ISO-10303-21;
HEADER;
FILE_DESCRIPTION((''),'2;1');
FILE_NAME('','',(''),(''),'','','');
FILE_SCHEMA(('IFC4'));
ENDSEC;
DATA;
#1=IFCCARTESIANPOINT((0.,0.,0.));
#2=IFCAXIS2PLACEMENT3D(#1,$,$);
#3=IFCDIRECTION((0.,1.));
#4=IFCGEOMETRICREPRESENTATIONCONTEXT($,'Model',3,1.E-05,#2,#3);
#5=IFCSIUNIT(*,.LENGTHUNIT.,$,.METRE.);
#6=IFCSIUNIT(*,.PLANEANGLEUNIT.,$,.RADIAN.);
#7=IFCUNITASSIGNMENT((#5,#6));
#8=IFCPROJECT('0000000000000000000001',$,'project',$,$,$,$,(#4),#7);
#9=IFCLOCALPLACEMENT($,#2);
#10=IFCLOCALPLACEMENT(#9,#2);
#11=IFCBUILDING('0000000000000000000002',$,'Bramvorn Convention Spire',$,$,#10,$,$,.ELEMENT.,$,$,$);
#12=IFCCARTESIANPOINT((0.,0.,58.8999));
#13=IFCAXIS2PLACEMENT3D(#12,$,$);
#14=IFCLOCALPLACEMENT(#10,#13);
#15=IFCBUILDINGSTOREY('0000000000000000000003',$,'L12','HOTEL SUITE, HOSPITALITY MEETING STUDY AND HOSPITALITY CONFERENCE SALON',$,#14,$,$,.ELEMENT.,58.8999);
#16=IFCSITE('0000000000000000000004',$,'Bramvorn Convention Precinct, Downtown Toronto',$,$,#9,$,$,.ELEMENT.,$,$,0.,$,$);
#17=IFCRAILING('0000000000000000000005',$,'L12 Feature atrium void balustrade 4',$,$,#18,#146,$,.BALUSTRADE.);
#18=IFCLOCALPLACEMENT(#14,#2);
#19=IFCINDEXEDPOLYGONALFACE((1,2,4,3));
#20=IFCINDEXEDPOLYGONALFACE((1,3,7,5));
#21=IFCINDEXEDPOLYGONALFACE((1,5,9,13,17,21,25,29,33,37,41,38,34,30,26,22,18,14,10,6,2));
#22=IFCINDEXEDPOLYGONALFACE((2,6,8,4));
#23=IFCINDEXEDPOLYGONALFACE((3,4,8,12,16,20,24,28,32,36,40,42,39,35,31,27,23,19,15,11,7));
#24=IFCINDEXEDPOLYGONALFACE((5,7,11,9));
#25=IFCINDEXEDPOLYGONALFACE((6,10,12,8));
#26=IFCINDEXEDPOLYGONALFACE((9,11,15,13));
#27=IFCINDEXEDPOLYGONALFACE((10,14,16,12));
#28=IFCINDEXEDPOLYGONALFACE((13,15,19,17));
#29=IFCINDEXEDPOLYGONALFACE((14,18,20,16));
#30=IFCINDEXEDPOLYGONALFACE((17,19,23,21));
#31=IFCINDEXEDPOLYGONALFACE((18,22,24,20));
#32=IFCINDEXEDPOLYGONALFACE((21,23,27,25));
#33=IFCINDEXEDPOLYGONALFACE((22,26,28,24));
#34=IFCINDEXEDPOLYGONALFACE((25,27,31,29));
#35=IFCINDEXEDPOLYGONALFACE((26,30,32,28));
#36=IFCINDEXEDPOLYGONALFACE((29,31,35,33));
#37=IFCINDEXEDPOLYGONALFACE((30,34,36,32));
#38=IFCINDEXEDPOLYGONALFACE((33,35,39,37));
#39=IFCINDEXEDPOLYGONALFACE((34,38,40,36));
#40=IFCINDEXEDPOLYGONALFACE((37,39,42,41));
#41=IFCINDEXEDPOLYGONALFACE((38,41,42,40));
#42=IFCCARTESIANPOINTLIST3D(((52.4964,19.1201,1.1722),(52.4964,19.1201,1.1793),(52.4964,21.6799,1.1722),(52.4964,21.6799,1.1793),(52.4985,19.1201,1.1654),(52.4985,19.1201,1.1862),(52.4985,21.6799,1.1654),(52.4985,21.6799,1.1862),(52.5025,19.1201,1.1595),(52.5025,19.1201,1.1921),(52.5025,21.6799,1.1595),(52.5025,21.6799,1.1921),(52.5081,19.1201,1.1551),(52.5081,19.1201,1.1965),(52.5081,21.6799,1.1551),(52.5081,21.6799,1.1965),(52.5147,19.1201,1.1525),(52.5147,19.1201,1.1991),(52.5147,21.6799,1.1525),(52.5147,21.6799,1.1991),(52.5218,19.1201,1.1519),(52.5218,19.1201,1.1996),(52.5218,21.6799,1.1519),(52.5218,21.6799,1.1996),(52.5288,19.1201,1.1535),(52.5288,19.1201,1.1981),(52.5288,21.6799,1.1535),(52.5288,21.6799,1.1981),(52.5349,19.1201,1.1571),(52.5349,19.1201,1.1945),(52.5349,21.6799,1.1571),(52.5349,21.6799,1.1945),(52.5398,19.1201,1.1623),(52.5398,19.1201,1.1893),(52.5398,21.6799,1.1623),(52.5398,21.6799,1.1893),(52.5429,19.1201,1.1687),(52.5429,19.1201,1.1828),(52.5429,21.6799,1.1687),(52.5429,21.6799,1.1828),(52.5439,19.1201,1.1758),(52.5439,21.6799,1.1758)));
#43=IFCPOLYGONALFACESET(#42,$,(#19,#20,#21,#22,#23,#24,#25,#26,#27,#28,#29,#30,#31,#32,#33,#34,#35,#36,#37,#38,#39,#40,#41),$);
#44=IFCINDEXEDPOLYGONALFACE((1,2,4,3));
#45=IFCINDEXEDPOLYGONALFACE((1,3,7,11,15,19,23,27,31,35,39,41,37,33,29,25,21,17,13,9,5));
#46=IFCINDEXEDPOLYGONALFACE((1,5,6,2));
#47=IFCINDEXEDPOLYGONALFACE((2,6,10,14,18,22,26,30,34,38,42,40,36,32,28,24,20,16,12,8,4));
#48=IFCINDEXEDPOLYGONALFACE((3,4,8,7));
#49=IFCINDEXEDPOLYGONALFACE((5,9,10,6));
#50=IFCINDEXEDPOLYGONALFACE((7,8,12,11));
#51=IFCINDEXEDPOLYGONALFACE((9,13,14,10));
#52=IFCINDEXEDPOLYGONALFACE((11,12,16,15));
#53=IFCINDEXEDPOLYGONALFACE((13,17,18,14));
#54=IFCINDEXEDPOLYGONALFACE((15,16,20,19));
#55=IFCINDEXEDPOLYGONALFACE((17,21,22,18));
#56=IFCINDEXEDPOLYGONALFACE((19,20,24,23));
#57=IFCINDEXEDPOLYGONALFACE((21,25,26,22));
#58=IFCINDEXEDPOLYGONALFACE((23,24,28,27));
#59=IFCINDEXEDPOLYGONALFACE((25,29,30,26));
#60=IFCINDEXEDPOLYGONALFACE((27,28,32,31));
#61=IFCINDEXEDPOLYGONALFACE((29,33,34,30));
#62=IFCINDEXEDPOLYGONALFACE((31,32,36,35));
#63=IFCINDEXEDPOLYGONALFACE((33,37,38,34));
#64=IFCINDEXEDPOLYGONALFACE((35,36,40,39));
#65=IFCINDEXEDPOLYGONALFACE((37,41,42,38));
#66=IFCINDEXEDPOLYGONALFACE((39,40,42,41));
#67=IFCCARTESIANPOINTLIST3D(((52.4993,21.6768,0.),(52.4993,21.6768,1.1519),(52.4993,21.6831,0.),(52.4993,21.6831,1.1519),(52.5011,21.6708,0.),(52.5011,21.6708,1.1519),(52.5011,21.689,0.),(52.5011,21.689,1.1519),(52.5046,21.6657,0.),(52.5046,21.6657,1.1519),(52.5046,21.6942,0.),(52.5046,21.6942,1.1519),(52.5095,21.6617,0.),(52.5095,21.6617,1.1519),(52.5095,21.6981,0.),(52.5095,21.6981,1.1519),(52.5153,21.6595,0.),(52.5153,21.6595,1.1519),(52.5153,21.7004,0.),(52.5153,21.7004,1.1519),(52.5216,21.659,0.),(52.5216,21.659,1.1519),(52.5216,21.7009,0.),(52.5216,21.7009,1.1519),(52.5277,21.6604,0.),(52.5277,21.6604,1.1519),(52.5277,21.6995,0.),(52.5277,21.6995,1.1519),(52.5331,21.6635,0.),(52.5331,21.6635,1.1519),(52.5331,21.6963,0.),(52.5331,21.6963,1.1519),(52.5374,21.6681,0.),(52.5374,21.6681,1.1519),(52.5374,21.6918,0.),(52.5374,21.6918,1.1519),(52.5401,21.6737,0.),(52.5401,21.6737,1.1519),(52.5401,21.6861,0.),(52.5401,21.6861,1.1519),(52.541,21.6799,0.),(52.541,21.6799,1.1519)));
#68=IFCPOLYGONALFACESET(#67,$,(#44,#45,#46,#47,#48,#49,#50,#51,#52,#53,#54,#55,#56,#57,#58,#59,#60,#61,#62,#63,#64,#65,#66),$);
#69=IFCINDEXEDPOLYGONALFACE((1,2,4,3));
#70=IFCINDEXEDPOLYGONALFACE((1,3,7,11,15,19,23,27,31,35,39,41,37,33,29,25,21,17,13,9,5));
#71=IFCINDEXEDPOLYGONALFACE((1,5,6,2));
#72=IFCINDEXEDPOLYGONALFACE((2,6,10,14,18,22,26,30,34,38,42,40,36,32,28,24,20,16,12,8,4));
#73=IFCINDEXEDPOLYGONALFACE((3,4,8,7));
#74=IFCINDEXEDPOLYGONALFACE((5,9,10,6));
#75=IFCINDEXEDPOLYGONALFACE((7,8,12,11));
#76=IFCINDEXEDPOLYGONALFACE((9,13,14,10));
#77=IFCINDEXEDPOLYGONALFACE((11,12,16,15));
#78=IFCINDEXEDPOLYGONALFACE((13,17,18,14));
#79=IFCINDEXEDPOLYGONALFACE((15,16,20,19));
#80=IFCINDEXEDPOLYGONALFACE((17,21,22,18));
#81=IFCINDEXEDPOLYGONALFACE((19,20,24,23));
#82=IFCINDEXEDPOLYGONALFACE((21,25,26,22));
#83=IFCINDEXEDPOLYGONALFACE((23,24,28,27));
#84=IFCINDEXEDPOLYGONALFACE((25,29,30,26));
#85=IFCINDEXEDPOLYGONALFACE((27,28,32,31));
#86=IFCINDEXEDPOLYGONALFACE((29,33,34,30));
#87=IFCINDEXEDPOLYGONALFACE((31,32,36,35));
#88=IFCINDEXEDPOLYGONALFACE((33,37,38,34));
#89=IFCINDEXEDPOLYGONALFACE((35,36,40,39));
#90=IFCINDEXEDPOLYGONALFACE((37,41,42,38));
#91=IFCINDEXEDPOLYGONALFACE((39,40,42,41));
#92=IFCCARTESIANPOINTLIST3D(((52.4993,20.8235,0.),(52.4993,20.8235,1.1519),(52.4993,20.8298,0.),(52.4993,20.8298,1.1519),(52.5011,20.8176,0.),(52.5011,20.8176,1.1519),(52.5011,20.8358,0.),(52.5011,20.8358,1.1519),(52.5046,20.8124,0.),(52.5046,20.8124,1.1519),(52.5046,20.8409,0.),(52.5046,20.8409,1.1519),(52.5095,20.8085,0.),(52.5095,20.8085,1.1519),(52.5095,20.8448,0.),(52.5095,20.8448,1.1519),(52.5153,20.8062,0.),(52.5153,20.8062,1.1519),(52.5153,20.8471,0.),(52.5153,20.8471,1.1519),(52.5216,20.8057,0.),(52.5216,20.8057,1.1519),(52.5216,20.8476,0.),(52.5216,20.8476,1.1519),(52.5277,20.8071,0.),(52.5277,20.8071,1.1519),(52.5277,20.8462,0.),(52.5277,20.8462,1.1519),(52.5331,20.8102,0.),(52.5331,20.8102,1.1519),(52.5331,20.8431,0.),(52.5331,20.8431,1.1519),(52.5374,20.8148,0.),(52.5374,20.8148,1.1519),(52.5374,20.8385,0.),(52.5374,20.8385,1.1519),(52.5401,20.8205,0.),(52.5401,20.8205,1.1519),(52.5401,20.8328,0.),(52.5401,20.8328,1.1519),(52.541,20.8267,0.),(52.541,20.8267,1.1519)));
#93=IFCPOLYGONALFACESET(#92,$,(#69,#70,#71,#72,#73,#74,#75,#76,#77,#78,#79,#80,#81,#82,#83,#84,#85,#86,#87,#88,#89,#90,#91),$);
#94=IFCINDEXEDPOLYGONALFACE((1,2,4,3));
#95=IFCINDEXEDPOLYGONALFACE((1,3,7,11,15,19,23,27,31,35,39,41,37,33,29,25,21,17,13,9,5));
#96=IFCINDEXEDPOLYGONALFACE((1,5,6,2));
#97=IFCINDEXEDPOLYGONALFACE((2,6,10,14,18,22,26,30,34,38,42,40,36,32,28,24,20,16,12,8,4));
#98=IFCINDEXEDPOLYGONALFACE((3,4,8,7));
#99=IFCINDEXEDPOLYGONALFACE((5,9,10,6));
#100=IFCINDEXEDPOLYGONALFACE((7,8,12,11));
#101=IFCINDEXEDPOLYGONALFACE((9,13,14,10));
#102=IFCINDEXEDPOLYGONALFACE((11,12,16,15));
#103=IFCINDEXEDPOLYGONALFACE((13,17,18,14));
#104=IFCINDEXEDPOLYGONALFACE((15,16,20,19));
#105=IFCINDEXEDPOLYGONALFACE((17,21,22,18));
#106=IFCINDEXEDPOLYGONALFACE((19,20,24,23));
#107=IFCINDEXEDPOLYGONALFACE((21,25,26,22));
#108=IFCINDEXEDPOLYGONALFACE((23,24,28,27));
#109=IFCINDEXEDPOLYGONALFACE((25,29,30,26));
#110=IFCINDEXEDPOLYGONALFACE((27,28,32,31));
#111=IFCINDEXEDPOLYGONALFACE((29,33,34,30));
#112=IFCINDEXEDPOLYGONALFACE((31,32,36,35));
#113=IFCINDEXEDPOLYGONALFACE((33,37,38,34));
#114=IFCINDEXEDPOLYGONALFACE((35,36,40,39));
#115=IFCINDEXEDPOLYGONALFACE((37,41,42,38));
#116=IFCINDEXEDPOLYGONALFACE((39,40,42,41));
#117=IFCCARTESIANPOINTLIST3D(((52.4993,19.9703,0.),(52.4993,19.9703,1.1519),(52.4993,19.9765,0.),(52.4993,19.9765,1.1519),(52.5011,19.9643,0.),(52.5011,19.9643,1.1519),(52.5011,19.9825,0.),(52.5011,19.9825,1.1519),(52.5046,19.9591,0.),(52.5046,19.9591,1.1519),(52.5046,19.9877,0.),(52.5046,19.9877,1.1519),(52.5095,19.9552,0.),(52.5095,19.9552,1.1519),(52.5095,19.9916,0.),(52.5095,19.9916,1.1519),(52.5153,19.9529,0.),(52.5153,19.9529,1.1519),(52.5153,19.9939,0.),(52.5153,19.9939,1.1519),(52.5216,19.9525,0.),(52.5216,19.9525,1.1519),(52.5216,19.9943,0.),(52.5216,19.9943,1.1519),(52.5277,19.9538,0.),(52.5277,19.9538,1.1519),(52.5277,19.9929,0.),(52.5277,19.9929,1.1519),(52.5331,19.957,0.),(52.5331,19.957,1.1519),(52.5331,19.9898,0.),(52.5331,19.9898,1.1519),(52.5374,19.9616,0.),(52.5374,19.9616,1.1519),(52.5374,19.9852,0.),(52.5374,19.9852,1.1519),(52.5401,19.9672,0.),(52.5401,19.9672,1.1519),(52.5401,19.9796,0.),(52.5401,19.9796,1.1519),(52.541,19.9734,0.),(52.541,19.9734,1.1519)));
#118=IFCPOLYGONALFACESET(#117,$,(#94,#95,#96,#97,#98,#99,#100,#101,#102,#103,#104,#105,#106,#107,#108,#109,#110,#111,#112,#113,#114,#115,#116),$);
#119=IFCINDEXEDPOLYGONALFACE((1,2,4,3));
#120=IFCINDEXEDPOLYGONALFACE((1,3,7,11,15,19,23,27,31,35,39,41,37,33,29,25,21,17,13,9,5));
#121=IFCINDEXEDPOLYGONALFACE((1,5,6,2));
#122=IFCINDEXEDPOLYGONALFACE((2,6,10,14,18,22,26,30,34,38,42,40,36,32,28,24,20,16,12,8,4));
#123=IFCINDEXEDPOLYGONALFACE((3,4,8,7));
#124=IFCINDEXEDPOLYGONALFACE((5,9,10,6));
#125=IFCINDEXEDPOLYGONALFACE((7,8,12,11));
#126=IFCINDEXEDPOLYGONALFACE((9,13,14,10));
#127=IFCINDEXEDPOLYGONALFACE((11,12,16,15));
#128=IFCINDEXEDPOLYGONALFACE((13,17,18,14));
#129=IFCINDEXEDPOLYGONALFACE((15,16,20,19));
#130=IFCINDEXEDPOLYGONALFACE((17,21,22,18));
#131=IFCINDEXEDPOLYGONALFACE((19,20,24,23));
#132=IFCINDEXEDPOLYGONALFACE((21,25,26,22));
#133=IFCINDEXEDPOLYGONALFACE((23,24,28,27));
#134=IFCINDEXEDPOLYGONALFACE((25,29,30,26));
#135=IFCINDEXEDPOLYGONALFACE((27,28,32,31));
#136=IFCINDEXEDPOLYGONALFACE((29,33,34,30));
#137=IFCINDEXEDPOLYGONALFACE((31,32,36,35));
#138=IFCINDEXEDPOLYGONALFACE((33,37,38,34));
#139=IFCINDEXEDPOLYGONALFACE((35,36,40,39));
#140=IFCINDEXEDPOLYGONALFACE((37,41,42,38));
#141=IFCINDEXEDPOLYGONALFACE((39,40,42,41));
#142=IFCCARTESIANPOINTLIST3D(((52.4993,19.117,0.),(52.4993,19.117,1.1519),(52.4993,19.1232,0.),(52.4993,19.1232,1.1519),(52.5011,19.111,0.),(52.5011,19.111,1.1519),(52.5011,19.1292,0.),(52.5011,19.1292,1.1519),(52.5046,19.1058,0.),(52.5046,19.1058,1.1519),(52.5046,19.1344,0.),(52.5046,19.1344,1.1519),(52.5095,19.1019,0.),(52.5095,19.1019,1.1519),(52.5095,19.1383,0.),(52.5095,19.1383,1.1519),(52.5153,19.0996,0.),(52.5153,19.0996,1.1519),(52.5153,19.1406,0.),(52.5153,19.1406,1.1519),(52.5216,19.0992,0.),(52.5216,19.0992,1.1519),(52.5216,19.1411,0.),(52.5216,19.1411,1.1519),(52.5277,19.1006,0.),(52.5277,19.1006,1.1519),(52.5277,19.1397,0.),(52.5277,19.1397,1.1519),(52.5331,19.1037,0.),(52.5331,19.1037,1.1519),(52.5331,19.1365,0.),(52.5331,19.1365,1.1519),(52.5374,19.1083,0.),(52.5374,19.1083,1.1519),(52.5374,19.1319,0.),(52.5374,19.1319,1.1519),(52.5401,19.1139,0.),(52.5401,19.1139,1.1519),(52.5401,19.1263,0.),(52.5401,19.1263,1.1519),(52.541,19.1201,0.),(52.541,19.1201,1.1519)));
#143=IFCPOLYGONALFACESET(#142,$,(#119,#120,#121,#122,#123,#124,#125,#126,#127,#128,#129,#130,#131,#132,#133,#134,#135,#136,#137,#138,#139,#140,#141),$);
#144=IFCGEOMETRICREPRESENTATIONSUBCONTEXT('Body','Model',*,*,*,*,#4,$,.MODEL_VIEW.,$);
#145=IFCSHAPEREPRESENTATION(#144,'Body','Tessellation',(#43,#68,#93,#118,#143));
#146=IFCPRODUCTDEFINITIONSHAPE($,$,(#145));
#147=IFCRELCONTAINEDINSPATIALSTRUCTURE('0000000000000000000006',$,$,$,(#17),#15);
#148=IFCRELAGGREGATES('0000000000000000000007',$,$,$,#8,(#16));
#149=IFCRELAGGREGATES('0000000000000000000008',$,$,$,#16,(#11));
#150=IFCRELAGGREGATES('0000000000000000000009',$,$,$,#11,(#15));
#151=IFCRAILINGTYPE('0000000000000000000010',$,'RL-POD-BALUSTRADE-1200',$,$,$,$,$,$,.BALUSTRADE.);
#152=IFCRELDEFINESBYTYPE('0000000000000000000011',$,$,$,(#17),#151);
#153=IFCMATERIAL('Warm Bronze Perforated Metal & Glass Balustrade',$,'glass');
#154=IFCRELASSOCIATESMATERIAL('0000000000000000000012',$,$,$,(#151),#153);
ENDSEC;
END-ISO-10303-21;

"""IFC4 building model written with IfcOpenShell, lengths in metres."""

from ifc_helpers import new_model, si_unit, direction, frame, origin, origin_2d, place, context, subcontext, project, spatial, circle, extrude, material, type_object, element, save


model = new_model("IFC4")

# Units and contexts
model_context = context("Model", 3, precision=1e-05, world=origin(), true_north=direction((0.0, 1.0)))
body_context = subcontext(model_context, "Body", "Model", "MODEL_VIEW")
ifc_project = project(units=[si_unit("LENGTHUNIT", "METRE"), si_unit("PLANEANGLEUNIT", "RADIAN")], contexts=[model_context])

# Site, building, storey
site_placement = place(None, origin())
site = spatial("IfcSite", under=ifc_project, at=site_placement, Name="Bramvorn Convention Precinct, Downtown Toronto", CompositionType="ELEMENT", RefElevation=0.0)
building_placement = place(site_placement, origin())
building = spatial("IfcBuilding", under=site, at=building_placement, Name="Bramvorn Convention Spire", CompositionType="ELEMENT")
storey_placement = place(building_placement, frame((0.0, 0.0, 58.8999)))
storey = spatial("IfcBuildingStorey", under=building, at=storey_placement, Name="L12", Description="HOTEL SUITE, HOSPITALITY MEETING STUDY AND HOSPITALITY CONFERENCE SALON", CompositionType="ELEMENT", Elevation=58.8999)

# Railing
ifc_material_1 = material(Name="Warm Bronze Perforated Metal & Glass Balustrade", Category="glass")
railing_type = type_object("IfcRailingType", Name="RL-POD-BALUSTRADE-1200", PredefinedType="BALUSTRADE", material=ifc_material_1)
railing_1_placement = place(storey_placement, frame((52.52, 21.6799, 0.0)))
element("IfcRailing", 1, at=railing_1_placement, inside=storey, type_object=railing_type, Name="L12 Feature atrium void balustrade 4", PredefinedType="BALUSTRADE", context=body_context, shape_type="SweptSolid", body=[
    extrude(circle(Radius=0.0239, at=origin_2d()), frame((0.0, 0.0, 1.1758), z_axis=(0.0, -1.0, 0.0), x_axis=(1.0, 0.0, 0.0)), (0.0, 0.0, 1.0), 2.5598),
    extrude(circle(Radius=0.021, at=origin_2d()), origin(), (0.0, 0.0, 1.0), 1.1519),
    extrude(circle(Radius=0.021, at=origin_2d()), frame((0.0, -0.8533, 0.0)), (0.0, 0.0, 1.0), 1.1519),
    extrude(circle(Radius=0.021, at=origin_2d()), frame((0.0, -1.7065, 0.0)), (0.0, 0.0, 1.0), 1.1519),
    extrude(circle(Radius=0.021, at=origin_2d()), frame((0.0, -2.5598, 0.0)), (0.0, 0.0, 1.0), 1.1519),
])

save(model, "model.ifc")
